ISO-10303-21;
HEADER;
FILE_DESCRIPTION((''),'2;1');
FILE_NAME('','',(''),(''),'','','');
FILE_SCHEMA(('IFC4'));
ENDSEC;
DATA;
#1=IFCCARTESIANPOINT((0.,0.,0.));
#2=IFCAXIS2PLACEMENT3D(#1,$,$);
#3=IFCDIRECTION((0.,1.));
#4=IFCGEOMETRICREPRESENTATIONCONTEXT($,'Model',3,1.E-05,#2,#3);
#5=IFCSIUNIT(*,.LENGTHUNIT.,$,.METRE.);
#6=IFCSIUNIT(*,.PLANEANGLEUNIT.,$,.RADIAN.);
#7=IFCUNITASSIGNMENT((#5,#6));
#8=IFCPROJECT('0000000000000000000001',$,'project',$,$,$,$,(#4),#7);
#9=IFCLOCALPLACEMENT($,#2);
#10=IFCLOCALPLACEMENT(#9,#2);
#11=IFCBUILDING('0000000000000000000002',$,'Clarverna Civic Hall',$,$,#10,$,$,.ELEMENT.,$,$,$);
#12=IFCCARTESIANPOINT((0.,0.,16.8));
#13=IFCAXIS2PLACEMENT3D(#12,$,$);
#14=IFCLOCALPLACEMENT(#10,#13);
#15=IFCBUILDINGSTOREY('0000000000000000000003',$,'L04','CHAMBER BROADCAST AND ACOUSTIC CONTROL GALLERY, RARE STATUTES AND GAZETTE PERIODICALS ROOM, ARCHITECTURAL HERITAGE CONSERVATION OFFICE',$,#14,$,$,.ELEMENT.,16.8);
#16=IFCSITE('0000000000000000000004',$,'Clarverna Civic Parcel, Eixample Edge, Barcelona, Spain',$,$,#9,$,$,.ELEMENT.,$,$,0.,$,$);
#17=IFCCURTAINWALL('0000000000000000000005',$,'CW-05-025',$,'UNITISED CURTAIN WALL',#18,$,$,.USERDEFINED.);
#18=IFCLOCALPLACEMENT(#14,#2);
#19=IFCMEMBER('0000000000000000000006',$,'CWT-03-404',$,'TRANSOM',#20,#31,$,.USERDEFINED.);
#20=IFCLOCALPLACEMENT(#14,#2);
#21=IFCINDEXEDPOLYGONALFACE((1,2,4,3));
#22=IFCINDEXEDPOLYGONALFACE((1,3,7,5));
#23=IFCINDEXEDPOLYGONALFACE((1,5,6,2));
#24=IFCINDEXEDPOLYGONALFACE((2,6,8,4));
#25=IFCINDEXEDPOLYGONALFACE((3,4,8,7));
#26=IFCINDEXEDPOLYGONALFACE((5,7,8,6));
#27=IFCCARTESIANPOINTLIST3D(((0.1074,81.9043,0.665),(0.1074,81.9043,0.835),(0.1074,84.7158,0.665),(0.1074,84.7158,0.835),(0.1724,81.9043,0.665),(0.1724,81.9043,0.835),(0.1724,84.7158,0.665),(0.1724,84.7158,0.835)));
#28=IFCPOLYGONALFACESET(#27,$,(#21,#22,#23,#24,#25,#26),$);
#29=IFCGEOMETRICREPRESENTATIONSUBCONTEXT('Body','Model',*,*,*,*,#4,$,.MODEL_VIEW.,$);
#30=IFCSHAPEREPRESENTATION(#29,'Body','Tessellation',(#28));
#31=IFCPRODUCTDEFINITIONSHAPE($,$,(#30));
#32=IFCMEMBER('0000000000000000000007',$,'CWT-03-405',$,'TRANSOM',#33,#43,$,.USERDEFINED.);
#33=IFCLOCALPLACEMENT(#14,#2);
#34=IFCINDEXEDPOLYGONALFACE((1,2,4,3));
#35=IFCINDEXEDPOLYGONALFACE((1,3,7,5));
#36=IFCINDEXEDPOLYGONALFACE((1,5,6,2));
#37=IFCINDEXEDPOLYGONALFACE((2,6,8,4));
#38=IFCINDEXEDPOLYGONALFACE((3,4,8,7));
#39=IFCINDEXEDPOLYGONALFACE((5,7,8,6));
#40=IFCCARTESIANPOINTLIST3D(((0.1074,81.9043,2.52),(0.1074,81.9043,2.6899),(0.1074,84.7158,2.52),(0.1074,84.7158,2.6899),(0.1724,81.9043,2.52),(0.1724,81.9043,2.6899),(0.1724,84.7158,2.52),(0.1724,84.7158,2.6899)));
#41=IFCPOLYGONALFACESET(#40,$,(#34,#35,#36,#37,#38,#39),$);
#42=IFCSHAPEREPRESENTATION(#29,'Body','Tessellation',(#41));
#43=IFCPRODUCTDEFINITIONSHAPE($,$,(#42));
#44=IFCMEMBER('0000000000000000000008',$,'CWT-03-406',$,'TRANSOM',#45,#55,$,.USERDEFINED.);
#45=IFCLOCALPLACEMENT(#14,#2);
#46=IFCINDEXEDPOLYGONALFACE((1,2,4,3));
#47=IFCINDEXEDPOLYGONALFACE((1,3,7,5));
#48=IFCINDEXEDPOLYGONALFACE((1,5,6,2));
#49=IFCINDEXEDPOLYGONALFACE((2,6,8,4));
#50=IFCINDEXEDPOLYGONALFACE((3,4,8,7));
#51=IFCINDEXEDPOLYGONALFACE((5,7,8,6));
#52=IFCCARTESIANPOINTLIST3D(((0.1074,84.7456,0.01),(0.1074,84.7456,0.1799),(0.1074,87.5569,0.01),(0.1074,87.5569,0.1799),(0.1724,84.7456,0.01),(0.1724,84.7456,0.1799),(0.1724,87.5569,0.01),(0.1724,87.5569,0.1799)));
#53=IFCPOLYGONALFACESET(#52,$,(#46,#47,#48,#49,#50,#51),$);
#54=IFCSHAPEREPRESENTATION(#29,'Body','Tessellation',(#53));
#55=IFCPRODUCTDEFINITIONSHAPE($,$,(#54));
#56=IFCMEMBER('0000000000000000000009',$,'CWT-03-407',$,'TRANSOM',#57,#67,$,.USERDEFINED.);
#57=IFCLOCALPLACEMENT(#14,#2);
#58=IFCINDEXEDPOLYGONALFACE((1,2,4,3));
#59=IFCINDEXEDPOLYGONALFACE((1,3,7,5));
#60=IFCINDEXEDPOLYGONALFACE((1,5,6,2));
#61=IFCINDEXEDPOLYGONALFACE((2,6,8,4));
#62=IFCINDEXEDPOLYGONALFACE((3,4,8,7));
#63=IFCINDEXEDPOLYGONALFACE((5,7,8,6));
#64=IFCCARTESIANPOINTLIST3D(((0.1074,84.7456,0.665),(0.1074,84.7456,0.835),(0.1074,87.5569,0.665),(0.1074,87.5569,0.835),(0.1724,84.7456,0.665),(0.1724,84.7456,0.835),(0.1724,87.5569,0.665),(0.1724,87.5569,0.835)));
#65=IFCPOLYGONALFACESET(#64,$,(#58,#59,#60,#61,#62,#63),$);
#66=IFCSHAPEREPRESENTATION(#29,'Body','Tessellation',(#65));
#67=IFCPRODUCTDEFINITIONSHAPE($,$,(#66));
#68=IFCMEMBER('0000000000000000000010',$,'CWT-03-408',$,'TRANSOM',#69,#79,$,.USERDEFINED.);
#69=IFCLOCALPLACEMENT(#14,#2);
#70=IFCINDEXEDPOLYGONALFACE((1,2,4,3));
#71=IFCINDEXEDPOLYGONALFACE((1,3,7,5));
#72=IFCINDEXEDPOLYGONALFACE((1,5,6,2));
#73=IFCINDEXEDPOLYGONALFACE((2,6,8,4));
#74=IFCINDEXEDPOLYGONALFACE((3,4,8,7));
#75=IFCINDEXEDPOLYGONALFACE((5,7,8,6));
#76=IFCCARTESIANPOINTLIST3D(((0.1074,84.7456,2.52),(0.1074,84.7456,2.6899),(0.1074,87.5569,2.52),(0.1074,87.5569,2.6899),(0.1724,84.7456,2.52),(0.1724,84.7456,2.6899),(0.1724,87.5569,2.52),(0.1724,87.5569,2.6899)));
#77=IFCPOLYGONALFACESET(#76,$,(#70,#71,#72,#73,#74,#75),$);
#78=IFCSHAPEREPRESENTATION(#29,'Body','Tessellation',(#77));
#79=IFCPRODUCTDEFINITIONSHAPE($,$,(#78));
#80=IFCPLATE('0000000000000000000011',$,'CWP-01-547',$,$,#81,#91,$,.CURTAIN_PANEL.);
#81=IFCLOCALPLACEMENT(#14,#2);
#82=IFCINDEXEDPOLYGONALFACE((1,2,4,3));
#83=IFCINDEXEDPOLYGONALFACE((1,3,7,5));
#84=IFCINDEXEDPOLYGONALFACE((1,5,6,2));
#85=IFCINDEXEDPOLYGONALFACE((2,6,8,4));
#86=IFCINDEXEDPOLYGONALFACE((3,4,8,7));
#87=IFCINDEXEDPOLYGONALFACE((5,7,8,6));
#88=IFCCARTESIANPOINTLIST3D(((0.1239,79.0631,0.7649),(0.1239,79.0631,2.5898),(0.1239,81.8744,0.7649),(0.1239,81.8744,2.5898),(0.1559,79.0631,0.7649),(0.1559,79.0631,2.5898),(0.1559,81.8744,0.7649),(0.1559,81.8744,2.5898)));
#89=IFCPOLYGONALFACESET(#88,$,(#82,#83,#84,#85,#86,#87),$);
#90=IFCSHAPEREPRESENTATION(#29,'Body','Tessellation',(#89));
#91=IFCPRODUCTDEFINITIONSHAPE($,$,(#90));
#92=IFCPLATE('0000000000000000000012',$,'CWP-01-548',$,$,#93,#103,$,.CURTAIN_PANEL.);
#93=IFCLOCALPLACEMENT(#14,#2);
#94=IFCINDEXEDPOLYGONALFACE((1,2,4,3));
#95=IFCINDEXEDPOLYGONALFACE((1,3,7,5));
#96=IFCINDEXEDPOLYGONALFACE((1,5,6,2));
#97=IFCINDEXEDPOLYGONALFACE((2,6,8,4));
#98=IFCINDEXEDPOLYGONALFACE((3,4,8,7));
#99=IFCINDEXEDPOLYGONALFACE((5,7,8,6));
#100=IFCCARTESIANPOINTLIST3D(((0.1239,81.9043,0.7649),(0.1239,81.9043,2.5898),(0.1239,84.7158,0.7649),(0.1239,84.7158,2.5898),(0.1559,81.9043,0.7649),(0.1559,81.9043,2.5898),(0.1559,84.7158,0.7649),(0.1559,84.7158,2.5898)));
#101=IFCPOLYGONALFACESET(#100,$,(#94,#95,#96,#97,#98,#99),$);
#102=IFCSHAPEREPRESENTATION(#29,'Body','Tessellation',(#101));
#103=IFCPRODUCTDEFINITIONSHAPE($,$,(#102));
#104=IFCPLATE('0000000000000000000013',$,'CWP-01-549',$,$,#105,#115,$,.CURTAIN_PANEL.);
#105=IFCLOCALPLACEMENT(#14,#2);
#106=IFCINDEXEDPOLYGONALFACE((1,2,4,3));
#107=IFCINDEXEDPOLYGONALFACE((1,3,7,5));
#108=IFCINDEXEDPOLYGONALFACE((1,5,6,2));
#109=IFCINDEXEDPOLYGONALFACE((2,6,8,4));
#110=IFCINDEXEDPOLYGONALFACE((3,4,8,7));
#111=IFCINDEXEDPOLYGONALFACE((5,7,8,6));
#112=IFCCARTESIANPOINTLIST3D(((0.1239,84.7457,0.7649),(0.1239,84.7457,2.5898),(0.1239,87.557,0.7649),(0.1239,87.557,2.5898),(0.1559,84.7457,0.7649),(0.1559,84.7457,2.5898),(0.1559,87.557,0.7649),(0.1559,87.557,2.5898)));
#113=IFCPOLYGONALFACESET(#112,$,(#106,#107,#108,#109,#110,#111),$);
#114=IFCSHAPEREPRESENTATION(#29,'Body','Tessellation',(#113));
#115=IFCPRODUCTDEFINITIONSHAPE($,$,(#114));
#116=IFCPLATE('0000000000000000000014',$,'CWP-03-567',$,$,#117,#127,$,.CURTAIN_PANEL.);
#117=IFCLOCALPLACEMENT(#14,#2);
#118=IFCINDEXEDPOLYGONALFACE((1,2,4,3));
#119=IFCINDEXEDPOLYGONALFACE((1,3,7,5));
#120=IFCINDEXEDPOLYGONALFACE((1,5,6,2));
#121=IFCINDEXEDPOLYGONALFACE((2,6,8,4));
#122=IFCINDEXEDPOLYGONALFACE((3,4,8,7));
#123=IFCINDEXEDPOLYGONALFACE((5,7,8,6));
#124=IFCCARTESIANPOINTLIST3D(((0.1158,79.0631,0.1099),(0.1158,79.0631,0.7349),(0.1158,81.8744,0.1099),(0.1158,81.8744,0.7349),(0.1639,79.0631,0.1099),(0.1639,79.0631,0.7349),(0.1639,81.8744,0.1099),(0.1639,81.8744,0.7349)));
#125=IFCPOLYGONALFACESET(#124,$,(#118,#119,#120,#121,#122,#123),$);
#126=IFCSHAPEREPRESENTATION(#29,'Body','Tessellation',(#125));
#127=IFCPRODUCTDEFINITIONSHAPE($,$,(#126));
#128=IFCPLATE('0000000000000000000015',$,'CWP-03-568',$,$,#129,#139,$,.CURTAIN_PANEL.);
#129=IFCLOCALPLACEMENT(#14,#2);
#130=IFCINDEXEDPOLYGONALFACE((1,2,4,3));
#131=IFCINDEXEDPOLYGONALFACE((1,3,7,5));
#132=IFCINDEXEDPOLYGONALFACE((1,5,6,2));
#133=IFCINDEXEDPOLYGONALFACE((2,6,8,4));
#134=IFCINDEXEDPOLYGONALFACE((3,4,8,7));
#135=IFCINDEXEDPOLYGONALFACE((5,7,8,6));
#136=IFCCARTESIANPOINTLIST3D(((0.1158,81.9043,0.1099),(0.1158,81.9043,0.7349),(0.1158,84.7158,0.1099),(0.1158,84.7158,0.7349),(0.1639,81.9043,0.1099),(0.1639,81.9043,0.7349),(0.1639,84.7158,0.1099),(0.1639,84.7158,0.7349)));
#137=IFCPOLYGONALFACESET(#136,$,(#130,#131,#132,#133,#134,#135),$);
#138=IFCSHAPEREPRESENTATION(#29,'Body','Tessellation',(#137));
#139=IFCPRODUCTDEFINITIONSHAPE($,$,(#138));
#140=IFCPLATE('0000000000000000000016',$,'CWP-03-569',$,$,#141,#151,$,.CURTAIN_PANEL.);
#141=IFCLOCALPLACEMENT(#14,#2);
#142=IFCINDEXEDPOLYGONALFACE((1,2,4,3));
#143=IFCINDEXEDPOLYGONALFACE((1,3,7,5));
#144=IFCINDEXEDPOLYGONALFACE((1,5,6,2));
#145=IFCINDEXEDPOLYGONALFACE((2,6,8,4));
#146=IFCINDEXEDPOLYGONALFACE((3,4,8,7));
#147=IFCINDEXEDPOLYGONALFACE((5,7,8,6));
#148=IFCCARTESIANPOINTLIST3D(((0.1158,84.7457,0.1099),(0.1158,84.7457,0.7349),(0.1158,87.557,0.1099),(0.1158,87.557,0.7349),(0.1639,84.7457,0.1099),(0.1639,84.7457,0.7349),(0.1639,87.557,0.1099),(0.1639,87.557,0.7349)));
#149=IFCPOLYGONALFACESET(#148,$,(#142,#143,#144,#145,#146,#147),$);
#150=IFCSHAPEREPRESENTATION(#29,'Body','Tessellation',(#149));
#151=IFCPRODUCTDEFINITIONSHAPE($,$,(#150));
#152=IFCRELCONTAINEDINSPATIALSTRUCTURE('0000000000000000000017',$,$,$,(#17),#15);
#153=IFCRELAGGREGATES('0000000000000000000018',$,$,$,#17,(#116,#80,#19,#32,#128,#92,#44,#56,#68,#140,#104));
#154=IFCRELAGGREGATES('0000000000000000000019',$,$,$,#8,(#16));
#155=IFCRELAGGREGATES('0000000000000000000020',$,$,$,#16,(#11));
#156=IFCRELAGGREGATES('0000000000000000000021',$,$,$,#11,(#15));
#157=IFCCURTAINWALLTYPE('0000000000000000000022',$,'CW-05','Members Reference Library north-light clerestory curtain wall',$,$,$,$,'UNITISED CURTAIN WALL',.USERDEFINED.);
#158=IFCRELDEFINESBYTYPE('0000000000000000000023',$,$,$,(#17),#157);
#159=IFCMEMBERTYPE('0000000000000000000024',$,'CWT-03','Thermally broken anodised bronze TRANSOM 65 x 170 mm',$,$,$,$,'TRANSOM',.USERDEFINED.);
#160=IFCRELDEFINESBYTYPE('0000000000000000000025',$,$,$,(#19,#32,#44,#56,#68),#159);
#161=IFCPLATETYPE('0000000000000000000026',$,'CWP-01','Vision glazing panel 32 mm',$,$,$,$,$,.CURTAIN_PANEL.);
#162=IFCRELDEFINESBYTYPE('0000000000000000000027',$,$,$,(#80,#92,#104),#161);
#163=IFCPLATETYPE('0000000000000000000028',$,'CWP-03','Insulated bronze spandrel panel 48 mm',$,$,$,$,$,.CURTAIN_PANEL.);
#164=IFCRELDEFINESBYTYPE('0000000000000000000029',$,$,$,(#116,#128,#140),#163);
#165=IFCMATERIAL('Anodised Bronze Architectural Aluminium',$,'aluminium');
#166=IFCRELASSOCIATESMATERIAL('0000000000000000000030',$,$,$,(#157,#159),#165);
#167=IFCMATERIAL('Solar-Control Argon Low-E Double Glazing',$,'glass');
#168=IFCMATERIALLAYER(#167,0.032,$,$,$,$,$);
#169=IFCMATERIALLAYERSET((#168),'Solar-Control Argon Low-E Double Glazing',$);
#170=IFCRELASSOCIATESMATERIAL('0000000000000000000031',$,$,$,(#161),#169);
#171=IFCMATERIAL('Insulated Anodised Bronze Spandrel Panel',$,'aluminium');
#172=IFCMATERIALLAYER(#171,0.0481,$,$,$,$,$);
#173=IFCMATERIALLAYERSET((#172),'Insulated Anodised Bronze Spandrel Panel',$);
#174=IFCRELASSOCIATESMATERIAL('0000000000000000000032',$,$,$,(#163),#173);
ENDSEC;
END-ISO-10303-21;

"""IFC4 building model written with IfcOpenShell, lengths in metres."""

from ifc_helpers import new_model, si_unit, direction, frame, frame_2d, origin, origin_2d, place, context, subcontext, project, spatial, rectangle, extrude, material, layer, layer_set, material_profile, profile_set, type_object, element, aggregate, save


model = new_model("IFC4")

# Units and contexts
model_context = context("Model", 3, precision=1e-05, world=origin(), true_north=direction((0.0, 1.0)))
body_context = subcontext(model_context, "Body", "Model", "MODEL_VIEW")
ifc_project = project(units=[si_unit("LENGTHUNIT", "METRE"), si_unit("PLANEANGLEUNIT", "RADIAN")], contexts=[model_context])

# Site, building, storey
site_placement = place(None, origin())
site = spatial("IfcSite", under=ifc_project, at=site_placement, Name="Clarverna Civic Parcel, Eixample Edge, Barcelona, Spain", CompositionType="ELEMENT", RefElevation=0.0)
building_placement = place(site_placement, origin())
building = spatial("IfcBuilding", under=site, at=building_placement, Name="Clarverna Civic Hall", CompositionType="ELEMENT")
storey_placement = place(building_placement, frame((0.0, 0.0, 16.8)))
storey = spatial("IfcBuildingStorey", under=building, at=storey_placement, Name="L04", Description="CHAMBER BROADCAST AND ACOUSTIC CONTROL GALLERY, RARE STATUTES AND GAZETTE PERIODICALS ROOM, ARCHITECTURAL HERITAGE CONSERVATION OFFICE", CompositionType="ELEMENT", Elevation=16.8)

# Curtain wall
ifc_material_1 = material(Name="Anodised Bronze Architectural Aluminium", Category="aluminium")
curtain_wall_type = type_object("IfcCurtainWallType", Name="CW-05", Description="Members Reference Library north-light clerestory curtain wall", ElementType="UNITISED CURTAIN WALL", PredefinedType="USERDEFINED", material=ifc_material_1)
curtain_wall_1_placement = place(storey_placement, origin())
curtain_wall_1 = element("IfcCurtainWall", 1, at=curtain_wall_1_placement, inside=storey, type_object=curtain_wall_type, Name="CW-05-025", ObjectType="UNITISED CURTAIN WALL", PredefinedType="USERDEFINED")

# Members
ifc_material_profile_1 = material_profile(ifc_material_1, rectangle(XDim=0.0649, YDim=0.1699, at=origin_2d()), Name="BRONZE 65x170")
ifc_profile_set_1 = profile_set([ifc_material_profile_1], Name="Anodised Bronze Architectural Aluminium")
member_type_1 = type_object("IfcMemberType", Name="CWT-03", Description="Thermally broken anodised bronze TRANSOM 65 x 170 mm", ElementType="TRANSOM", PredefinedType="USERDEFINED", material=ifc_profile_set_1)
member_1_placement = place(storey_placement, frame((0.1399, 81.9043, 0.75), z_axis=(0.0, 1.0, 0.0), x_axis=(-1.0, 0.0, 0.0)))
member_1 = element("IfcMember", 2, at=member_1_placement, type_object=member_type_1, Name="CWT-03-404", ObjectType="TRANSOM", PredefinedType="USERDEFINED", context=body_context, shape_type="SweptSolid", body=[
    extrude(rectangle(XDim=0.0649, YDim=0.1699, at=origin_2d()), origin(), (0.0, 0.0, 1.0), 2.8115),
])
member_2_placement = place(storey_placement, frame((0.1399, 81.9043, 2.605), z_axis=(0.0, 1.0, 0.0), x_axis=(-1.0, 0.0, 0.0)))
member_2 = element("IfcMember", 3, at=member_2_placement, type_object=member_type_1, Name="CWT-03-405", ObjectType="TRANSOM", PredefinedType="USERDEFINED", context=body_context, shape_type="SweptSolid", body=[
    extrude(rectangle(XDim=0.0649, YDim=0.1699, at=origin_2d()), origin(), (0.0, 0.0, 1.0), 2.8115),
])
member_3_placement = place(storey_placement, frame((0.1399, 84.7456, 0.095), z_axis=(0.0, 1.0, 0.0), x_axis=(-1.0, 0.0, 0.0)))
member_3 = element("IfcMember", 4, at=member_3_placement, type_object=member_type_1, Name="CWT-03-406", ObjectType="TRANSOM", PredefinedType="USERDEFINED", context=body_context, shape_type="SweptSolid", body=[
    extrude(rectangle(XDim=0.0649, YDim=0.1699, at=origin_2d()), origin(), (0.0, 0.0, 1.0), 2.8113),
])
member_4_placement = place(storey_placement, frame((0.1399, 84.7456, 0.75), z_axis=(0.0, 1.0, 0.0), x_axis=(-1.0, 0.0, 0.0)))
member_4 = element("IfcMember", 5, at=member_4_placement, type_object=member_type_1, Name="CWT-03-407", ObjectType="TRANSOM", PredefinedType="USERDEFINED", context=body_context, shape_type="SweptSolid", body=[
    extrude(rectangle(XDim=0.0649, YDim=0.1699, at=origin_2d()), origin(), (0.0, 0.0, 1.0), 2.8113),
])
member_5_placement = place(storey_placement, frame((0.1399, 84.7456, 2.605), z_axis=(0.0, 1.0, 0.0), x_axis=(-1.0, 0.0, 0.0)))
member_5 = element("IfcMember", 6, at=member_5_placement, type_object=member_type_1, Name="CWT-03-408", ObjectType="TRANSOM", PredefinedType="USERDEFINED", context=body_context, shape_type="SweptSolid", body=[
    extrude(rectangle(XDim=0.0649, YDim=0.1699, at=origin_2d()), origin(), (0.0, 0.0, 1.0), 2.8113),
])

# Plates
ifc_material_2 = material(Name="Solar-Control Argon Low-E Double Glazing", Category="glass")
ifc_layer_1 = layer(ifc_material_2, 0.032)
ifc_layer_set_1 = layer_set([ifc_layer_1], Name="Solar-Control Argon Low-E Double Glazing")
plate_type_1 = type_object("IfcPlateType", Name="CWP-01", Description="Vision glazing panel 32 mm", PredefinedType="CURTAIN_PANEL", material=ifc_layer_set_1)
plate_1_placement = place(storey_placement, frame((0.1399, 79.063, 0.7649), z_axis=(0.0, 0.0, 1.0), x_axis=(0.0, 1.0, 0.0)))
plate_1 = element("IfcPlate", 7, at=plate_1_placement, type_object=plate_type_1, Name="CWP-01-547", PredefinedType="CURTAIN_PANEL", context=body_context, shape_type="SweptSolid", body=[
    extrude(rectangle(XDim=2.8113, YDim=0.032, at=frame_2d((1.4058, 0.0))), origin(), (0.0, 0.0, 1.0), 1.825),
])
plate_2_placement = place(storey_placement, frame((0.1399, 81.9043, 0.7649), z_axis=(0.0, 0.0, 1.0), x_axis=(0.0, 1.0, 0.0)))
plate_2 = element("IfcPlate", 8, at=plate_2_placement, type_object=plate_type_1, Name="CWP-01-548", PredefinedType="CURTAIN_PANEL", context=body_context, shape_type="SweptSolid", body=[
    extrude(rectangle(XDim=2.8115, YDim=0.032, at=frame_2d((1.4058, 0.0))), origin(), (0.0, 0.0, 1.0), 1.825),
])
plate_3_placement = place(storey_placement, frame((0.1399, 84.7456, 0.7649), z_axis=(0.0, 0.0, 1.0), x_axis=(0.0, 1.0, 0.0)))
plate_3 = element("IfcPlate", 9, at=plate_3_placement, type_object=plate_type_1, Name="CWP-01-549", PredefinedType="CURTAIN_PANEL", context=body_context, shape_type="SweptSolid", body=[
    extrude(rectangle(XDim=2.8113, YDim=0.032, at=frame_2d((1.4058, 0.0))), origin(), (0.0, 0.0, 1.0), 1.825),
])
ifc_material_3 = material(Name="Insulated Anodised Bronze Spandrel Panel", Category="aluminium")
ifc_layer_2 = layer(ifc_material_3, 0.0481)
ifc_layer_set_2 = layer_set([ifc_layer_2], Name="Insulated Anodised Bronze Spandrel Panel")
plate_type_2 = type_object("IfcPlateType", Name="CWP-03", Description="Insulated bronze spandrel panel 48 mm", PredefinedType="CURTAIN_PANEL", material=ifc_layer_set_2)
plate_4_placement = place(storey_placement, frame((0.1399, 79.063, 0.1099), z_axis=(0.0, 0.0, 1.0), x_axis=(0.0, 1.0, 0.0)))
plate_4 = element("IfcPlate", 10, at=plate_4_placement, type_object=plate_type_2, Name="CWP-03-567", PredefinedType="CURTAIN_PANEL", context=body_context, shape_type="SweptSolid", body=[
    extrude(rectangle(XDim=2.8113, YDim=0.0481, at=frame_2d((1.4058, 0.0))), origin(), (0.0, 0.0, 1.0), 0.625),
])
plate_5_placement = place(storey_placement, frame((0.1399, 81.9043, 0.1099), z_axis=(0.0, 0.0, 1.0), x_axis=(0.0, 1.0, 0.0)))
plate_5 = element("IfcPlate", 11, at=plate_5_placement, type_object=plate_type_2, Name="CWP-03-568", PredefinedType="CURTAIN_PANEL", context=body_context, shape_type="SweptSolid", body=[
    extrude(rectangle(XDim=2.8115, YDim=0.0481, at=frame_2d((1.4058, 0.0))), origin(), (0.0, 0.0, 1.0), 0.625),
])
plate_6_placement = place(storey_placement, frame((0.1399, 84.7456, 0.1099), z_axis=(0.0, 0.0, 1.0), x_axis=(0.0, 1.0, 0.0)))
plate_6 = element("IfcPlate", 12, at=plate_6_placement, type_object=plate_type_2, Name="CWP-03-569", PredefinedType="CURTAIN_PANEL", context=body_context, shape_type="SweptSolid", body=[
    extrude(rectangle(XDim=2.8113, YDim=0.0481, at=frame_2d((1.4058, 0.0))), origin(), (0.0, 0.0, 1.0), 0.625),
])
aggregate(curtain_wall_1, [plate_4, plate_1, member_1, member_2, plate_5, plate_2, member_3, member_4, member_5, plate_6, plate_3])

save(model, "model.ifc")
